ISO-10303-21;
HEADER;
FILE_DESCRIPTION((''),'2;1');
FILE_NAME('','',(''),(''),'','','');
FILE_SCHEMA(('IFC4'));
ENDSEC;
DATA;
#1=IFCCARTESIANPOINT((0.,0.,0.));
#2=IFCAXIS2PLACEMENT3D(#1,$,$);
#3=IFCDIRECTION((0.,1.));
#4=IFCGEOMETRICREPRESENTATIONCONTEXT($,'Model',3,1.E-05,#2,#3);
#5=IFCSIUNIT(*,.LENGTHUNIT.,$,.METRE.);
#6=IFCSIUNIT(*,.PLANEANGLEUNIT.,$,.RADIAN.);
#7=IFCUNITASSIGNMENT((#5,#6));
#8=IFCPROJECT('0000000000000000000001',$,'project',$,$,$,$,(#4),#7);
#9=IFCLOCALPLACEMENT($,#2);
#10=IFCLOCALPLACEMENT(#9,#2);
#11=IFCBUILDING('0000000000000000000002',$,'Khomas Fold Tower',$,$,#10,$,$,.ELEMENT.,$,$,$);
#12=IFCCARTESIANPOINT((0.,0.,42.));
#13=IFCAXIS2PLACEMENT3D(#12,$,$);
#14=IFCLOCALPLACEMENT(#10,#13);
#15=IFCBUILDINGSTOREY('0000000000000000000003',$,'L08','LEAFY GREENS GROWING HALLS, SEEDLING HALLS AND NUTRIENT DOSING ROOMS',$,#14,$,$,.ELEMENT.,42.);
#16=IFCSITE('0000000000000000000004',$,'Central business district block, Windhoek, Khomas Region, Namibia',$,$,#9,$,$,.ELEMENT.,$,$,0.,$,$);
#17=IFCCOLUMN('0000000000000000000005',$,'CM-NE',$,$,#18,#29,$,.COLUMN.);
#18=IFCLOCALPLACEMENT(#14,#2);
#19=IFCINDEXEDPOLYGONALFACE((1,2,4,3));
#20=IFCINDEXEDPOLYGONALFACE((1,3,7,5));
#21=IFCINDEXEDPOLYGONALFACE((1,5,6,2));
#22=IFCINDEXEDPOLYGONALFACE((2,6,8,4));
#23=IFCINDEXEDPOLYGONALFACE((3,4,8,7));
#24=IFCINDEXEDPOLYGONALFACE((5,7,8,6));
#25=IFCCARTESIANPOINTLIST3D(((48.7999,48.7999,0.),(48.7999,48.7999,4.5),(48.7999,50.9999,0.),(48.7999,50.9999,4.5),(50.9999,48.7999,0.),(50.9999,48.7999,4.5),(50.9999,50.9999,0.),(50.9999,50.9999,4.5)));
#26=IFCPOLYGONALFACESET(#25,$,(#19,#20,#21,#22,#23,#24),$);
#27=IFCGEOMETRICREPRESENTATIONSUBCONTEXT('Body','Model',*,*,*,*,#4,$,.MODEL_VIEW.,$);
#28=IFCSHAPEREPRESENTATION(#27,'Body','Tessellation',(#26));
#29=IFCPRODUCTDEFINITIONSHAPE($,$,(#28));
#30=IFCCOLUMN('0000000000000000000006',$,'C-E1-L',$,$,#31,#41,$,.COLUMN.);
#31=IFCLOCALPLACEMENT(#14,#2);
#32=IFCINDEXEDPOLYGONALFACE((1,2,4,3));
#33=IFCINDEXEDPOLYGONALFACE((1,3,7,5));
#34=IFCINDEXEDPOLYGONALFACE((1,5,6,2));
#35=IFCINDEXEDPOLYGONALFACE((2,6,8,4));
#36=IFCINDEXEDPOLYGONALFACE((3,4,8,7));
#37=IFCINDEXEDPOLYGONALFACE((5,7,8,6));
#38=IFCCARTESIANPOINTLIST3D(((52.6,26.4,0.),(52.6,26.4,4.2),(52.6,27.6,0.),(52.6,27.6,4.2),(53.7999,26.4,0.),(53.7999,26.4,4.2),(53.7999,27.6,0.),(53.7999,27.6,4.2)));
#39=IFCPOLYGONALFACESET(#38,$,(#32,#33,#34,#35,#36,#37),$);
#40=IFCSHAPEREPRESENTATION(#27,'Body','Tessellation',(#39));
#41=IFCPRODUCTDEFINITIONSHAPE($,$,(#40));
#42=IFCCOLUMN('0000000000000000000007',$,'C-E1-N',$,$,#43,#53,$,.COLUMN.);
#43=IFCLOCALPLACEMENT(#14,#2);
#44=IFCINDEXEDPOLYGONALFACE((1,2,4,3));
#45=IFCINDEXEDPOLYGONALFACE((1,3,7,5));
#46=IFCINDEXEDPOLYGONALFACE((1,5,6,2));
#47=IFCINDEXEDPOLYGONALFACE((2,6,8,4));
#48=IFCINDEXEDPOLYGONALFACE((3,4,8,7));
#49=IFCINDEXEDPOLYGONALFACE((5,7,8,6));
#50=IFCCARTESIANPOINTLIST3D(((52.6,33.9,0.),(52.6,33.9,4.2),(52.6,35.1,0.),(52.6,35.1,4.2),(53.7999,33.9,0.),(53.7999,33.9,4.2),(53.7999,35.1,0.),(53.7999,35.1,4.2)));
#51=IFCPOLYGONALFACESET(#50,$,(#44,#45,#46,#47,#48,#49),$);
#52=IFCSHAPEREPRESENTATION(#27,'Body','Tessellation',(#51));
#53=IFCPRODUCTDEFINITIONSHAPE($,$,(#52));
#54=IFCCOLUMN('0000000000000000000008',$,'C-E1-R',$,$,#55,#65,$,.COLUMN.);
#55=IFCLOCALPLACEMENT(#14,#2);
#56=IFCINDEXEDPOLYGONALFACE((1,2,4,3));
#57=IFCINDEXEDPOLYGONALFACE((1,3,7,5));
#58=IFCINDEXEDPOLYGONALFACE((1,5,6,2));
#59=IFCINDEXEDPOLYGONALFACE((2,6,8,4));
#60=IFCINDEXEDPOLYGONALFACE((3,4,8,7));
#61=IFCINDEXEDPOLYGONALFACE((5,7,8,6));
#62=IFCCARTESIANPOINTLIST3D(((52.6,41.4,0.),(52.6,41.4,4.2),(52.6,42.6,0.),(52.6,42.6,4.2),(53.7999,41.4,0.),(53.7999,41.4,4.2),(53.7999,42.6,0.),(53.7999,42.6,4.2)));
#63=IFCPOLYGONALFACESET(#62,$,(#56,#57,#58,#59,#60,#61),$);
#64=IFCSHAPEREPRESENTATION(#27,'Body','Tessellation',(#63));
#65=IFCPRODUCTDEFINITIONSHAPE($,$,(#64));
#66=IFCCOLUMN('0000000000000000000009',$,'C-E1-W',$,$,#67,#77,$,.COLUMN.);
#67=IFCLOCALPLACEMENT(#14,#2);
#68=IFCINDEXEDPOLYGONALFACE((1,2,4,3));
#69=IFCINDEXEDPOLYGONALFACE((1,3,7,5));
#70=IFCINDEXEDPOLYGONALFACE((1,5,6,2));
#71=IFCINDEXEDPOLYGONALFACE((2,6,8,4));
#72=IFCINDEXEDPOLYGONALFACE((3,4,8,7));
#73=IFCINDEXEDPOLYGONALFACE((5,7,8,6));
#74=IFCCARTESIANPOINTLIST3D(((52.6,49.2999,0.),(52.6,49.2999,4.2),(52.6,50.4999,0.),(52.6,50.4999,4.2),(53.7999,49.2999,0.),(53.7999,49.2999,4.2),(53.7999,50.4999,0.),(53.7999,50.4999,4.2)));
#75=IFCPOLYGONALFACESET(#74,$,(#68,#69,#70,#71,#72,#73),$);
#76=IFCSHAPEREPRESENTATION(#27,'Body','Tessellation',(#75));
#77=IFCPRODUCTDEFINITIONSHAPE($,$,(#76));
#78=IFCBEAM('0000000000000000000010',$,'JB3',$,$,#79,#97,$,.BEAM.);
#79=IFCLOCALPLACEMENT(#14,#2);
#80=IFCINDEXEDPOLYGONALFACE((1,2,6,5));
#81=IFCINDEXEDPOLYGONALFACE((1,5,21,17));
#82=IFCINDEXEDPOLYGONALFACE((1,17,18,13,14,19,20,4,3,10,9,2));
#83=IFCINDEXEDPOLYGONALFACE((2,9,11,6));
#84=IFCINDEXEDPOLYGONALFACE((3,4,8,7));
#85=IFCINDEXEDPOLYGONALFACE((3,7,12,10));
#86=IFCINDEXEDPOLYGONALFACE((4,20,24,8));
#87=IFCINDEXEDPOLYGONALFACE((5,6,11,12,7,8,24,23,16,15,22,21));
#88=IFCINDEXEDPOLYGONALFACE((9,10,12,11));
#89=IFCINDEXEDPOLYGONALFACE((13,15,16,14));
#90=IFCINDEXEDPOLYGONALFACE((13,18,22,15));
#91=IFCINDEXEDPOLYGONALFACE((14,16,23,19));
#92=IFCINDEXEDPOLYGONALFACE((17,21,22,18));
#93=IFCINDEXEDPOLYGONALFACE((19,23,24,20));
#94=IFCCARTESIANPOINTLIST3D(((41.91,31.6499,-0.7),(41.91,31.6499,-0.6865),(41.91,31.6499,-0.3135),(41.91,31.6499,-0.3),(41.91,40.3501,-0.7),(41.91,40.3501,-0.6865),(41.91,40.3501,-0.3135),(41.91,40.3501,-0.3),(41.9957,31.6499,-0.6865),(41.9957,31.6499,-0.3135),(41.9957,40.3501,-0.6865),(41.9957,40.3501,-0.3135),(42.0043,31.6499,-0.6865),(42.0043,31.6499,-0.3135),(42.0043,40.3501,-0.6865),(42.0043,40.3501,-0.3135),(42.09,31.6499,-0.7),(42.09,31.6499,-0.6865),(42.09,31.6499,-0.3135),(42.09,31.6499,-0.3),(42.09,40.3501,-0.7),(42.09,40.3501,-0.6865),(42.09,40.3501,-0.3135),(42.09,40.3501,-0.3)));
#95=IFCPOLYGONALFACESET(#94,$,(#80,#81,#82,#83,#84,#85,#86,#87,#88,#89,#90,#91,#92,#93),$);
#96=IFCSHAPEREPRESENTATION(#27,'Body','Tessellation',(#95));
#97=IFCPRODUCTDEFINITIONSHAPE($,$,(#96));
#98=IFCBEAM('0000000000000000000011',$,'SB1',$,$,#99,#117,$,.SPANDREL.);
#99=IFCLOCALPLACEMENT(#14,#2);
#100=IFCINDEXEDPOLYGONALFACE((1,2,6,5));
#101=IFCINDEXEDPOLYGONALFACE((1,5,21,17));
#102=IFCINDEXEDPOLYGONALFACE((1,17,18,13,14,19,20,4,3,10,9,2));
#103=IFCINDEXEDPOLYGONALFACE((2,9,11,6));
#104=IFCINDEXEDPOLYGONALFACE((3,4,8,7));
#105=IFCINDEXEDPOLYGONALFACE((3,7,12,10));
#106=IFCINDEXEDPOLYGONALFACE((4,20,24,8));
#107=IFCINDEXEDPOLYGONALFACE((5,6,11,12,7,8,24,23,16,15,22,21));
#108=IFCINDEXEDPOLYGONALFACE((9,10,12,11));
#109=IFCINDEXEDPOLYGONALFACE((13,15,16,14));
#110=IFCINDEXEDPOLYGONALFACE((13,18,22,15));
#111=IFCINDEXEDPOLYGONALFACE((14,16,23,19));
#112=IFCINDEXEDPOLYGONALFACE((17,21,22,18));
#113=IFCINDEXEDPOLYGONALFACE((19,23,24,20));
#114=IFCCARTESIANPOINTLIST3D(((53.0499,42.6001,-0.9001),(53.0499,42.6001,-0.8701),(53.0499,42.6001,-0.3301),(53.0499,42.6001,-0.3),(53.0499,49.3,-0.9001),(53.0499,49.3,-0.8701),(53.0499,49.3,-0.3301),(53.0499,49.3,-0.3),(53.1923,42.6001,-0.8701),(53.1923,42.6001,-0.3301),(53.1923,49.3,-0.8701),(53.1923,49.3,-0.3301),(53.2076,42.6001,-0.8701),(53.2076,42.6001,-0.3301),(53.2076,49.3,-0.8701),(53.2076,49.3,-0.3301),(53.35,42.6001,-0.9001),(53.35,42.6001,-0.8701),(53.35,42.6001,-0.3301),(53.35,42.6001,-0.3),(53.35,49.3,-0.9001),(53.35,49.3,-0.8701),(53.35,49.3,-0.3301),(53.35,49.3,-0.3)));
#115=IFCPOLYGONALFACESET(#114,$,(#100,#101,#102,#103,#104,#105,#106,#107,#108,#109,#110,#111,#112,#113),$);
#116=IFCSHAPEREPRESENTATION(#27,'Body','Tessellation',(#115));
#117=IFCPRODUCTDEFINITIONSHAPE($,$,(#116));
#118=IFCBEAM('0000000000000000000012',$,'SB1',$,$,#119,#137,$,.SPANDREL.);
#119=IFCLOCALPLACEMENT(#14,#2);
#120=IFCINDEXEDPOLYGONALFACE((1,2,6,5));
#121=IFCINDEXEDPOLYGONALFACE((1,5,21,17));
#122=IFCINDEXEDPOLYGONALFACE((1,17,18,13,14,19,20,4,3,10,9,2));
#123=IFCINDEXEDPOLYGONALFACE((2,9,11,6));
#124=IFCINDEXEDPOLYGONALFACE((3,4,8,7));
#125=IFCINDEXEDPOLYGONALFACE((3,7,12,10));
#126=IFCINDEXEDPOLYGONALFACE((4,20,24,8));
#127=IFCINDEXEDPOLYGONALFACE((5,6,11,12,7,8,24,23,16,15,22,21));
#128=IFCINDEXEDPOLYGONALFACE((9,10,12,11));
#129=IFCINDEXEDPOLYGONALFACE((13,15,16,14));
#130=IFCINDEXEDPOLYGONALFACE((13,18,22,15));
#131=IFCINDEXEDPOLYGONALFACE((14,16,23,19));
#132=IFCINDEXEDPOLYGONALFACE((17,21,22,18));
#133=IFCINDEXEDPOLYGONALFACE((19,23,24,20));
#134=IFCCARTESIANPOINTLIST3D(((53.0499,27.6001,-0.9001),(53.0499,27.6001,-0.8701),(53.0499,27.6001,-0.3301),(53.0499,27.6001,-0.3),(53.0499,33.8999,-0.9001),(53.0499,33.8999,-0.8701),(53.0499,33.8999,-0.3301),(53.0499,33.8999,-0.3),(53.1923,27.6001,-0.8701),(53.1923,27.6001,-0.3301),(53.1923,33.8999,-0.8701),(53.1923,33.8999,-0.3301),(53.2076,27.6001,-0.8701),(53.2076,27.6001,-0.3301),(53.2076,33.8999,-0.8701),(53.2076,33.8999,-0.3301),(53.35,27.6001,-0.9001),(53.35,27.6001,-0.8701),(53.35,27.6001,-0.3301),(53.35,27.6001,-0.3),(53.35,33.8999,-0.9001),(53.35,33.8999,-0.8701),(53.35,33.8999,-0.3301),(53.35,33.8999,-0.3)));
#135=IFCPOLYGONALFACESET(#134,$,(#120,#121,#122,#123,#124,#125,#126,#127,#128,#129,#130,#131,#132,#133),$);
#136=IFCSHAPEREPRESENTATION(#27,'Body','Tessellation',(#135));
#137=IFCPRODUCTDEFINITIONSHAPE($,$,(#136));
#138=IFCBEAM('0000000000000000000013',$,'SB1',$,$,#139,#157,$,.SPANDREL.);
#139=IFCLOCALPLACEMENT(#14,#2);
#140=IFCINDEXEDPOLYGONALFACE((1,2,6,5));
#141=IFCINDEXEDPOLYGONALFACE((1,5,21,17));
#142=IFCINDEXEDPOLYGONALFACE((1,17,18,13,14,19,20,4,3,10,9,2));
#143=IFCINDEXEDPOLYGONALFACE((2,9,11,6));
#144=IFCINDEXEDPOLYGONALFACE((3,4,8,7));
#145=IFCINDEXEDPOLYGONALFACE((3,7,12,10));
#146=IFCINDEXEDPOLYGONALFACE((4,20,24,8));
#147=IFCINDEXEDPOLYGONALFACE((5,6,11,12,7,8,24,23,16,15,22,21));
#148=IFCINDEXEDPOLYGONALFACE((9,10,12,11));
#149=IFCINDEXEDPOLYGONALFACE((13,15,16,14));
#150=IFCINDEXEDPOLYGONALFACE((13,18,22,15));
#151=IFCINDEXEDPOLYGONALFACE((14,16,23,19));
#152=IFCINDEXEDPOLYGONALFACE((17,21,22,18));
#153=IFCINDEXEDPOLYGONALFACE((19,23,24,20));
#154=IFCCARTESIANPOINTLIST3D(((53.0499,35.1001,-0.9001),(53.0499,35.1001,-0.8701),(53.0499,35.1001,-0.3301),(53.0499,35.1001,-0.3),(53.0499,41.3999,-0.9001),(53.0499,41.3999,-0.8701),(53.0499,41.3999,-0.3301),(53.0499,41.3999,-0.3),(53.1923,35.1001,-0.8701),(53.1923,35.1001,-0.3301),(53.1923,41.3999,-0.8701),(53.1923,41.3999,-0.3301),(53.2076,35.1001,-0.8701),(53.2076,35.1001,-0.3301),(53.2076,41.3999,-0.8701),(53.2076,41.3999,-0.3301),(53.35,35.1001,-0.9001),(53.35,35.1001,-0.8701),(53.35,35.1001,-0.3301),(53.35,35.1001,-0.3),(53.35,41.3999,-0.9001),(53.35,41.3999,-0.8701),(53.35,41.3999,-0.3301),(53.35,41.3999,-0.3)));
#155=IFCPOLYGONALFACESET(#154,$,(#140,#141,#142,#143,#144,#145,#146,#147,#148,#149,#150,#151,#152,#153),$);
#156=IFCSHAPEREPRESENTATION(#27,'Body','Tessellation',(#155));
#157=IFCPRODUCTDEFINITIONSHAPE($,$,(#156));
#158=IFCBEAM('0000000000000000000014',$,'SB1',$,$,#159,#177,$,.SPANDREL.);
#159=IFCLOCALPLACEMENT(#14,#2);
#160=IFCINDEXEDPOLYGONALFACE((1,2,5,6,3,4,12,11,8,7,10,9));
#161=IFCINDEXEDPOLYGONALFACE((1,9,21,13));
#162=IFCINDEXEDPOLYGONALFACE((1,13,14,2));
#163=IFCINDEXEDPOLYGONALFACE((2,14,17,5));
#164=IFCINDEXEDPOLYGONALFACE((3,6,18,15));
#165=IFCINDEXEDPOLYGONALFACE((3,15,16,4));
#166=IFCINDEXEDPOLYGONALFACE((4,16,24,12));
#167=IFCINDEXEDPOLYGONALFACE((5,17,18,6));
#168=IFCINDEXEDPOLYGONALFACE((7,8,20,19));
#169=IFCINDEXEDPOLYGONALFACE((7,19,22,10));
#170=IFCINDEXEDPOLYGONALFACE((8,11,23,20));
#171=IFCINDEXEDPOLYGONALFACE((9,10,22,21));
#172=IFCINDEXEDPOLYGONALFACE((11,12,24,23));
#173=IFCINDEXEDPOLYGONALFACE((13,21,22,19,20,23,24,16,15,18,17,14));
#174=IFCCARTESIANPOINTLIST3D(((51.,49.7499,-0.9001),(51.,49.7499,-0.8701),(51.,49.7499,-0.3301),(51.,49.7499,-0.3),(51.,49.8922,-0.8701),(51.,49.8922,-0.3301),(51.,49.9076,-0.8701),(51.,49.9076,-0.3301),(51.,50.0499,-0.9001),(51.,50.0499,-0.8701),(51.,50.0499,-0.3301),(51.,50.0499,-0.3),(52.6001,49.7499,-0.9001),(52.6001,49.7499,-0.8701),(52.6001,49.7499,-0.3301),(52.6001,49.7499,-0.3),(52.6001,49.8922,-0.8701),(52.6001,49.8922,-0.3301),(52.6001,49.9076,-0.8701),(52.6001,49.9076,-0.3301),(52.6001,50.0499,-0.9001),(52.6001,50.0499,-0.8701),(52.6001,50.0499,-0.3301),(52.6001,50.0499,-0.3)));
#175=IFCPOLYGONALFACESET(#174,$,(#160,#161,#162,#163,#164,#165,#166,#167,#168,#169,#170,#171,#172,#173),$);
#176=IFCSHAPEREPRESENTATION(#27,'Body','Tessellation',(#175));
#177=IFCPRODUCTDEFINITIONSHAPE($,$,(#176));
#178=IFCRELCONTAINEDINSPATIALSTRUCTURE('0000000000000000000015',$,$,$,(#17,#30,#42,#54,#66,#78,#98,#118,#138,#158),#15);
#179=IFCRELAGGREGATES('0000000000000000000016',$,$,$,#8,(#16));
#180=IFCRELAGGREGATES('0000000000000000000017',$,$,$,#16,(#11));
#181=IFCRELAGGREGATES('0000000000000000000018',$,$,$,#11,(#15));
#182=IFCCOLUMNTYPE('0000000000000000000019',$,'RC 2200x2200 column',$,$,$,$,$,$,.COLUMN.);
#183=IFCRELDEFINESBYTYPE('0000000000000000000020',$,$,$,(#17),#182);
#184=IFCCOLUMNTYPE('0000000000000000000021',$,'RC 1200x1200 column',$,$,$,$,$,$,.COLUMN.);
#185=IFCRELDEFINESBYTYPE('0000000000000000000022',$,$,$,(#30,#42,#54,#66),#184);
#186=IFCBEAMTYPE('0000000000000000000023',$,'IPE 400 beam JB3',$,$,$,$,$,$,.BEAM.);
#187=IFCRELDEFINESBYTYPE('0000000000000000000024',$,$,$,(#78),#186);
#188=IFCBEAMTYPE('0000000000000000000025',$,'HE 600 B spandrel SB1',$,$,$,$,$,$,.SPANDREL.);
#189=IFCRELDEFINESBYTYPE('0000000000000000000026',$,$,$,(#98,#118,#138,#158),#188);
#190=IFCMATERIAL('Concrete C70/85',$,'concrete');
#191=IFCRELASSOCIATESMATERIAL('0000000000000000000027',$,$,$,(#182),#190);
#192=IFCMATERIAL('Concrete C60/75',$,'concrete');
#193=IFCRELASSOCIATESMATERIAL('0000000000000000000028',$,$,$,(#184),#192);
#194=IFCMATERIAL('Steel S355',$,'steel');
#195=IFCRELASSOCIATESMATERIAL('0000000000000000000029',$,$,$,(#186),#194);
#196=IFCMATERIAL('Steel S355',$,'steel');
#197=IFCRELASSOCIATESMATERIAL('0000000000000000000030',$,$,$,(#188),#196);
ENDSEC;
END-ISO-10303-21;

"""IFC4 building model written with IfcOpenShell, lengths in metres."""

from ifc_helpers import new_model, si_unit, direction, frame, origin, origin_2d, place, context, subcontext, project, spatial, rectangle, i_section, extrude, source, transform, mapped, material, material_profile, profile_set, type_object, element, save


model = new_model("IFC4")

# Units and contexts
model_context = context("Model", 3, precision=1e-05, world=origin(), true_north=direction((0.0, 1.0)))
body_context = subcontext(model_context, "Body", "Model", "MODEL_VIEW")
ifc_project = project(units=[si_unit("LENGTHUNIT", "METRE"), si_unit("PLANEANGLEUNIT", "RADIAN")], contexts=[model_context])

# Site, building, storey
site_placement = place(None, origin())
site = spatial("IfcSite", under=ifc_project, at=site_placement, Name="Central business district block, Windhoek, Khomas Region, Namibia", CompositionType="ELEMENT", RefElevation=0.0)
building_placement = place(site_placement, origin())
building = spatial("IfcBuilding", under=site, at=building_placement, Name="Khomas Fold Tower", CompositionType="ELEMENT")
storey_placement = place(building_placement, frame((0.0, 0.0, 42.0)))
storey = spatial("IfcBuildingStorey", under=building, at=storey_placement, Name="L08", Description="LEAFY GREENS GROWING HALLS, SEEDLING HALLS AND NUTRIENT DOSING ROOMS", CompositionType="ELEMENT", Elevation=42.0)

# Columns
ifc_material_1 = material(Name="Concrete C70/85", Category="concrete")
ifc_material_profile_1 = material_profile(ifc_material_1, rectangle(XDim=2.2, YDim=2.2, at=origin_2d()), Name="RC 2200x2200")
ifc_profile_set_1 = profile_set([ifc_material_profile_1], Name="Concrete C70/85")
column_type_1 = type_object("IfcColumnType", Name="RC 2200x2200 column", PredefinedType="COLUMN", material=ifc_profile_set_1)
shared_shape_1 = source(origin(), body_context, "Body", "SweptSolid", [
    extrude(rectangle(XDim=2.2, YDim=2.2, at=origin_2d()), origin(), (0.0, 0.0, 1.0), 4.5),
])
column_placement = place(storey_placement, frame((49.8999, 49.8999, 0.0), z_axis=(0.0, 0.0, 1.0), x_axis=(1.0, 0.0, 0.0)))
element("IfcColumn", 1, at=column_placement, inside=storey, type_object=column_type_1, Name="CM-NE", PredefinedType="COLUMN", context=body_context, shape_type="MappedRepresentation", body=[
    mapped(shared_shape_1, transform((0.0, 0.0, 0.0))),
])
ifc_material_2 = material(Name="Concrete C60/75", Category="concrete")
ifc_material_profile_2 = material_profile(ifc_material_2, rectangle(XDim=1.2, YDim=1.2, at=origin_2d()), Name="RC 1200x1200")
ifc_profile_set_2 = profile_set([ifc_material_profile_2], Name="Concrete C60/75")
column_type_2 = type_object("IfcColumnType", Name="RC 1200x1200 column", PredefinedType="COLUMN", material=ifc_profile_set_2)
shared_shape_2 = source(origin(), body_context, "Body", "SweptSolid", [
    extrude(rectangle(XDim=1.2, YDim=1.2, at=origin_2d()), origin(), (0.0, 0.0, 1.0), 4.2),
])
for number, where, z_axis, x_axis, name in (
    (2, (53.2, 27.0, 0.0), (0.0, 0.0, 1.0), (1.0, 0.0, 0.0), "C-E1-L"),
    (3, (53.2, 34.5, 0.0), (0.0, 0.0, 1.0), (1.0, 0.0, 0.0), "C-E1-N"),
    (4, (53.2, 42.0, 0.0), (0.0, 0.0, 1.0), (1.0, 0.0, 0.0), "C-E1-R"),
    (5, (53.2, 49.8999, 0.0), (0.0, 0.0, 1.0), (1.0, 0.0, 0.0), "C-E1-W"),
):
    element("IfcColumn", number, at=place(storey_placement, frame(where, z_axis=z_axis, x_axis=x_axis)), inside=storey, type_object=column_type_2, Name=name, PredefinedType="COLUMN", context=body_context, shape_type="MappedRepresentation", body=[
        mapped(shared_shape_2, transform((0.0, 0.0, 0.0))),
    ])

# Beams
ifc_material_3 = material(Name="Steel S355", Category="steel")
ifc_material_profile_3 = material_profile(ifc_material_3, i_section(OverallWidth=0.1799, OverallDepth=0.3999, WebThickness=0.0085, FlangeThickness=0.0134, at=origin_2d()), Name="IPE 400")
ifc_profile_set_3 = profile_set([ifc_material_profile_3], Name="Steel S355")
beam_type_1 = type_object("IfcBeamType", Name="IPE 400 beam JB3", PredefinedType="BEAM", material=ifc_profile_set_3)
shared_shape_3 = source(origin(), body_context, "Body", "SweptSolid", [
    extrude(i_section(OverallWidth=0.1799, OverallDepth=0.3999, WebThickness=0.0085, FlangeThickness=0.0134, at=origin_2d()), origin(), (0.0, 0.0, 1.0), 8.7002),
])
beam_1_placement = place(storey_placement, frame((42.0, 31.6499, -0.5), z_axis=(0.0, 1.0, 0.0), x_axis=(-1.0, 0.0, 0.0)))
element("IfcBeam", 6, at=beam_1_placement, inside=storey, type_object=beam_type_1, Name="JB3", PredefinedType="BEAM", context=body_context, shape_type="MappedRepresentation", body=[
    mapped(shared_shape_3, transform((0.0, 0.0, 0.0))),
])
ifc_material_4 = material(Name="Steel S355", Category="steel")
ifc_material_profile_4 = material_profile(ifc_material_4, i_section(OverallWidth=0.3, OverallDepth=0.6001, WebThickness=0.0154, FlangeThickness=0.03, at=origin_2d()), Name="HE 600 B")
ifc_profile_set_4 = profile_set([ifc_material_profile_4], Name="Steel S355")
beam_type_2 = type_object("IfcBeamType", Name="HE 600 B spandrel SB1", PredefinedType="SPANDREL", material=ifc_profile_set_4)
shared_shape_4 = source(origin(), body_context, "Body", "SweptSolid", [
    extrude(i_section(OverallWidth=0.3, OverallDepth=0.6001, WebThickness=0.0154, FlangeThickness=0.03, at=origin_2d()), origin(), (0.0, 0.0, 1.0), 6.7),
])
beam_2_placement = place(storey_placement, frame((53.2, 42.6001, -0.6001), z_axis=(0.0, 1.0, 0.0), x_axis=(-1.0, 0.0, 0.0)))
element("IfcBeam", 7, at=beam_2_placement, inside=storey, type_object=beam_type_2, Name="SB1", PredefinedType="SPANDREL", context=body_context, shape_type="MappedRepresentation", body=[
    mapped(shared_shape_4, transform((0.0, 0.0, 0.0))),
])
shared_shape_5 = source(origin(), body_context, "Body", "SweptSolid", [
    extrude(i_section(OverallWidth=0.3, OverallDepth=0.6001, WebThickness=0.0154, FlangeThickness=0.03, at=origin_2d()), origin(), (0.0, 0.0, 1.0), 6.2998),
])
for number, where, z_axis, x_axis, name in (
    (8, (53.2, 27.6001, -0.6001), (0.0, 1.0, 0.0), (-1.0, 0.0, 0.0), "SB1"),
    (9, (53.2, 35.1001, -0.6001), (0.0, 1.0, 0.0), (-1.0, 0.0, 0.0), "SB1"),
):
    element("IfcBeam", number, at=place(storey_placement, frame(where, z_axis=z_axis, x_axis=x_axis)), inside=storey, type_object=beam_type_2, Name=name, PredefinedType="SPANDREL", context=body_context, shape_type="MappedRepresentation", body=[
        mapped(shared_shape_5, transform((0.0, 0.0, 0.0))),
    ])
shared_shape_6 = source(origin(), body_context, "Body", "SweptSolid", [
    extrude(i_section(OverallWidth=0.3, OverallDepth=0.6001, WebThickness=0.0154, FlangeThickness=0.03, at=origin_2d()), origin(), (0.0, 0.0, 1.0), 1.6001),
])
beam_3_placement = place(storey_placement, frame((51.0, 49.8999, -0.6001), z_axis=(1.0, 0.0, 0.0), x_axis=(0.0, 1.0, 0.0)))
element("IfcBeam", 10, at=beam_3_placement, inside=storey, type_object=beam_type_2, Name="SB1", PredefinedType="SPANDREL", context=body_context, shape_type="MappedRepresentation", body=[
    mapped(shared_shape_6, transform((0.0, 0.0, 0.0))),
])

save(model, "model.ifc")
